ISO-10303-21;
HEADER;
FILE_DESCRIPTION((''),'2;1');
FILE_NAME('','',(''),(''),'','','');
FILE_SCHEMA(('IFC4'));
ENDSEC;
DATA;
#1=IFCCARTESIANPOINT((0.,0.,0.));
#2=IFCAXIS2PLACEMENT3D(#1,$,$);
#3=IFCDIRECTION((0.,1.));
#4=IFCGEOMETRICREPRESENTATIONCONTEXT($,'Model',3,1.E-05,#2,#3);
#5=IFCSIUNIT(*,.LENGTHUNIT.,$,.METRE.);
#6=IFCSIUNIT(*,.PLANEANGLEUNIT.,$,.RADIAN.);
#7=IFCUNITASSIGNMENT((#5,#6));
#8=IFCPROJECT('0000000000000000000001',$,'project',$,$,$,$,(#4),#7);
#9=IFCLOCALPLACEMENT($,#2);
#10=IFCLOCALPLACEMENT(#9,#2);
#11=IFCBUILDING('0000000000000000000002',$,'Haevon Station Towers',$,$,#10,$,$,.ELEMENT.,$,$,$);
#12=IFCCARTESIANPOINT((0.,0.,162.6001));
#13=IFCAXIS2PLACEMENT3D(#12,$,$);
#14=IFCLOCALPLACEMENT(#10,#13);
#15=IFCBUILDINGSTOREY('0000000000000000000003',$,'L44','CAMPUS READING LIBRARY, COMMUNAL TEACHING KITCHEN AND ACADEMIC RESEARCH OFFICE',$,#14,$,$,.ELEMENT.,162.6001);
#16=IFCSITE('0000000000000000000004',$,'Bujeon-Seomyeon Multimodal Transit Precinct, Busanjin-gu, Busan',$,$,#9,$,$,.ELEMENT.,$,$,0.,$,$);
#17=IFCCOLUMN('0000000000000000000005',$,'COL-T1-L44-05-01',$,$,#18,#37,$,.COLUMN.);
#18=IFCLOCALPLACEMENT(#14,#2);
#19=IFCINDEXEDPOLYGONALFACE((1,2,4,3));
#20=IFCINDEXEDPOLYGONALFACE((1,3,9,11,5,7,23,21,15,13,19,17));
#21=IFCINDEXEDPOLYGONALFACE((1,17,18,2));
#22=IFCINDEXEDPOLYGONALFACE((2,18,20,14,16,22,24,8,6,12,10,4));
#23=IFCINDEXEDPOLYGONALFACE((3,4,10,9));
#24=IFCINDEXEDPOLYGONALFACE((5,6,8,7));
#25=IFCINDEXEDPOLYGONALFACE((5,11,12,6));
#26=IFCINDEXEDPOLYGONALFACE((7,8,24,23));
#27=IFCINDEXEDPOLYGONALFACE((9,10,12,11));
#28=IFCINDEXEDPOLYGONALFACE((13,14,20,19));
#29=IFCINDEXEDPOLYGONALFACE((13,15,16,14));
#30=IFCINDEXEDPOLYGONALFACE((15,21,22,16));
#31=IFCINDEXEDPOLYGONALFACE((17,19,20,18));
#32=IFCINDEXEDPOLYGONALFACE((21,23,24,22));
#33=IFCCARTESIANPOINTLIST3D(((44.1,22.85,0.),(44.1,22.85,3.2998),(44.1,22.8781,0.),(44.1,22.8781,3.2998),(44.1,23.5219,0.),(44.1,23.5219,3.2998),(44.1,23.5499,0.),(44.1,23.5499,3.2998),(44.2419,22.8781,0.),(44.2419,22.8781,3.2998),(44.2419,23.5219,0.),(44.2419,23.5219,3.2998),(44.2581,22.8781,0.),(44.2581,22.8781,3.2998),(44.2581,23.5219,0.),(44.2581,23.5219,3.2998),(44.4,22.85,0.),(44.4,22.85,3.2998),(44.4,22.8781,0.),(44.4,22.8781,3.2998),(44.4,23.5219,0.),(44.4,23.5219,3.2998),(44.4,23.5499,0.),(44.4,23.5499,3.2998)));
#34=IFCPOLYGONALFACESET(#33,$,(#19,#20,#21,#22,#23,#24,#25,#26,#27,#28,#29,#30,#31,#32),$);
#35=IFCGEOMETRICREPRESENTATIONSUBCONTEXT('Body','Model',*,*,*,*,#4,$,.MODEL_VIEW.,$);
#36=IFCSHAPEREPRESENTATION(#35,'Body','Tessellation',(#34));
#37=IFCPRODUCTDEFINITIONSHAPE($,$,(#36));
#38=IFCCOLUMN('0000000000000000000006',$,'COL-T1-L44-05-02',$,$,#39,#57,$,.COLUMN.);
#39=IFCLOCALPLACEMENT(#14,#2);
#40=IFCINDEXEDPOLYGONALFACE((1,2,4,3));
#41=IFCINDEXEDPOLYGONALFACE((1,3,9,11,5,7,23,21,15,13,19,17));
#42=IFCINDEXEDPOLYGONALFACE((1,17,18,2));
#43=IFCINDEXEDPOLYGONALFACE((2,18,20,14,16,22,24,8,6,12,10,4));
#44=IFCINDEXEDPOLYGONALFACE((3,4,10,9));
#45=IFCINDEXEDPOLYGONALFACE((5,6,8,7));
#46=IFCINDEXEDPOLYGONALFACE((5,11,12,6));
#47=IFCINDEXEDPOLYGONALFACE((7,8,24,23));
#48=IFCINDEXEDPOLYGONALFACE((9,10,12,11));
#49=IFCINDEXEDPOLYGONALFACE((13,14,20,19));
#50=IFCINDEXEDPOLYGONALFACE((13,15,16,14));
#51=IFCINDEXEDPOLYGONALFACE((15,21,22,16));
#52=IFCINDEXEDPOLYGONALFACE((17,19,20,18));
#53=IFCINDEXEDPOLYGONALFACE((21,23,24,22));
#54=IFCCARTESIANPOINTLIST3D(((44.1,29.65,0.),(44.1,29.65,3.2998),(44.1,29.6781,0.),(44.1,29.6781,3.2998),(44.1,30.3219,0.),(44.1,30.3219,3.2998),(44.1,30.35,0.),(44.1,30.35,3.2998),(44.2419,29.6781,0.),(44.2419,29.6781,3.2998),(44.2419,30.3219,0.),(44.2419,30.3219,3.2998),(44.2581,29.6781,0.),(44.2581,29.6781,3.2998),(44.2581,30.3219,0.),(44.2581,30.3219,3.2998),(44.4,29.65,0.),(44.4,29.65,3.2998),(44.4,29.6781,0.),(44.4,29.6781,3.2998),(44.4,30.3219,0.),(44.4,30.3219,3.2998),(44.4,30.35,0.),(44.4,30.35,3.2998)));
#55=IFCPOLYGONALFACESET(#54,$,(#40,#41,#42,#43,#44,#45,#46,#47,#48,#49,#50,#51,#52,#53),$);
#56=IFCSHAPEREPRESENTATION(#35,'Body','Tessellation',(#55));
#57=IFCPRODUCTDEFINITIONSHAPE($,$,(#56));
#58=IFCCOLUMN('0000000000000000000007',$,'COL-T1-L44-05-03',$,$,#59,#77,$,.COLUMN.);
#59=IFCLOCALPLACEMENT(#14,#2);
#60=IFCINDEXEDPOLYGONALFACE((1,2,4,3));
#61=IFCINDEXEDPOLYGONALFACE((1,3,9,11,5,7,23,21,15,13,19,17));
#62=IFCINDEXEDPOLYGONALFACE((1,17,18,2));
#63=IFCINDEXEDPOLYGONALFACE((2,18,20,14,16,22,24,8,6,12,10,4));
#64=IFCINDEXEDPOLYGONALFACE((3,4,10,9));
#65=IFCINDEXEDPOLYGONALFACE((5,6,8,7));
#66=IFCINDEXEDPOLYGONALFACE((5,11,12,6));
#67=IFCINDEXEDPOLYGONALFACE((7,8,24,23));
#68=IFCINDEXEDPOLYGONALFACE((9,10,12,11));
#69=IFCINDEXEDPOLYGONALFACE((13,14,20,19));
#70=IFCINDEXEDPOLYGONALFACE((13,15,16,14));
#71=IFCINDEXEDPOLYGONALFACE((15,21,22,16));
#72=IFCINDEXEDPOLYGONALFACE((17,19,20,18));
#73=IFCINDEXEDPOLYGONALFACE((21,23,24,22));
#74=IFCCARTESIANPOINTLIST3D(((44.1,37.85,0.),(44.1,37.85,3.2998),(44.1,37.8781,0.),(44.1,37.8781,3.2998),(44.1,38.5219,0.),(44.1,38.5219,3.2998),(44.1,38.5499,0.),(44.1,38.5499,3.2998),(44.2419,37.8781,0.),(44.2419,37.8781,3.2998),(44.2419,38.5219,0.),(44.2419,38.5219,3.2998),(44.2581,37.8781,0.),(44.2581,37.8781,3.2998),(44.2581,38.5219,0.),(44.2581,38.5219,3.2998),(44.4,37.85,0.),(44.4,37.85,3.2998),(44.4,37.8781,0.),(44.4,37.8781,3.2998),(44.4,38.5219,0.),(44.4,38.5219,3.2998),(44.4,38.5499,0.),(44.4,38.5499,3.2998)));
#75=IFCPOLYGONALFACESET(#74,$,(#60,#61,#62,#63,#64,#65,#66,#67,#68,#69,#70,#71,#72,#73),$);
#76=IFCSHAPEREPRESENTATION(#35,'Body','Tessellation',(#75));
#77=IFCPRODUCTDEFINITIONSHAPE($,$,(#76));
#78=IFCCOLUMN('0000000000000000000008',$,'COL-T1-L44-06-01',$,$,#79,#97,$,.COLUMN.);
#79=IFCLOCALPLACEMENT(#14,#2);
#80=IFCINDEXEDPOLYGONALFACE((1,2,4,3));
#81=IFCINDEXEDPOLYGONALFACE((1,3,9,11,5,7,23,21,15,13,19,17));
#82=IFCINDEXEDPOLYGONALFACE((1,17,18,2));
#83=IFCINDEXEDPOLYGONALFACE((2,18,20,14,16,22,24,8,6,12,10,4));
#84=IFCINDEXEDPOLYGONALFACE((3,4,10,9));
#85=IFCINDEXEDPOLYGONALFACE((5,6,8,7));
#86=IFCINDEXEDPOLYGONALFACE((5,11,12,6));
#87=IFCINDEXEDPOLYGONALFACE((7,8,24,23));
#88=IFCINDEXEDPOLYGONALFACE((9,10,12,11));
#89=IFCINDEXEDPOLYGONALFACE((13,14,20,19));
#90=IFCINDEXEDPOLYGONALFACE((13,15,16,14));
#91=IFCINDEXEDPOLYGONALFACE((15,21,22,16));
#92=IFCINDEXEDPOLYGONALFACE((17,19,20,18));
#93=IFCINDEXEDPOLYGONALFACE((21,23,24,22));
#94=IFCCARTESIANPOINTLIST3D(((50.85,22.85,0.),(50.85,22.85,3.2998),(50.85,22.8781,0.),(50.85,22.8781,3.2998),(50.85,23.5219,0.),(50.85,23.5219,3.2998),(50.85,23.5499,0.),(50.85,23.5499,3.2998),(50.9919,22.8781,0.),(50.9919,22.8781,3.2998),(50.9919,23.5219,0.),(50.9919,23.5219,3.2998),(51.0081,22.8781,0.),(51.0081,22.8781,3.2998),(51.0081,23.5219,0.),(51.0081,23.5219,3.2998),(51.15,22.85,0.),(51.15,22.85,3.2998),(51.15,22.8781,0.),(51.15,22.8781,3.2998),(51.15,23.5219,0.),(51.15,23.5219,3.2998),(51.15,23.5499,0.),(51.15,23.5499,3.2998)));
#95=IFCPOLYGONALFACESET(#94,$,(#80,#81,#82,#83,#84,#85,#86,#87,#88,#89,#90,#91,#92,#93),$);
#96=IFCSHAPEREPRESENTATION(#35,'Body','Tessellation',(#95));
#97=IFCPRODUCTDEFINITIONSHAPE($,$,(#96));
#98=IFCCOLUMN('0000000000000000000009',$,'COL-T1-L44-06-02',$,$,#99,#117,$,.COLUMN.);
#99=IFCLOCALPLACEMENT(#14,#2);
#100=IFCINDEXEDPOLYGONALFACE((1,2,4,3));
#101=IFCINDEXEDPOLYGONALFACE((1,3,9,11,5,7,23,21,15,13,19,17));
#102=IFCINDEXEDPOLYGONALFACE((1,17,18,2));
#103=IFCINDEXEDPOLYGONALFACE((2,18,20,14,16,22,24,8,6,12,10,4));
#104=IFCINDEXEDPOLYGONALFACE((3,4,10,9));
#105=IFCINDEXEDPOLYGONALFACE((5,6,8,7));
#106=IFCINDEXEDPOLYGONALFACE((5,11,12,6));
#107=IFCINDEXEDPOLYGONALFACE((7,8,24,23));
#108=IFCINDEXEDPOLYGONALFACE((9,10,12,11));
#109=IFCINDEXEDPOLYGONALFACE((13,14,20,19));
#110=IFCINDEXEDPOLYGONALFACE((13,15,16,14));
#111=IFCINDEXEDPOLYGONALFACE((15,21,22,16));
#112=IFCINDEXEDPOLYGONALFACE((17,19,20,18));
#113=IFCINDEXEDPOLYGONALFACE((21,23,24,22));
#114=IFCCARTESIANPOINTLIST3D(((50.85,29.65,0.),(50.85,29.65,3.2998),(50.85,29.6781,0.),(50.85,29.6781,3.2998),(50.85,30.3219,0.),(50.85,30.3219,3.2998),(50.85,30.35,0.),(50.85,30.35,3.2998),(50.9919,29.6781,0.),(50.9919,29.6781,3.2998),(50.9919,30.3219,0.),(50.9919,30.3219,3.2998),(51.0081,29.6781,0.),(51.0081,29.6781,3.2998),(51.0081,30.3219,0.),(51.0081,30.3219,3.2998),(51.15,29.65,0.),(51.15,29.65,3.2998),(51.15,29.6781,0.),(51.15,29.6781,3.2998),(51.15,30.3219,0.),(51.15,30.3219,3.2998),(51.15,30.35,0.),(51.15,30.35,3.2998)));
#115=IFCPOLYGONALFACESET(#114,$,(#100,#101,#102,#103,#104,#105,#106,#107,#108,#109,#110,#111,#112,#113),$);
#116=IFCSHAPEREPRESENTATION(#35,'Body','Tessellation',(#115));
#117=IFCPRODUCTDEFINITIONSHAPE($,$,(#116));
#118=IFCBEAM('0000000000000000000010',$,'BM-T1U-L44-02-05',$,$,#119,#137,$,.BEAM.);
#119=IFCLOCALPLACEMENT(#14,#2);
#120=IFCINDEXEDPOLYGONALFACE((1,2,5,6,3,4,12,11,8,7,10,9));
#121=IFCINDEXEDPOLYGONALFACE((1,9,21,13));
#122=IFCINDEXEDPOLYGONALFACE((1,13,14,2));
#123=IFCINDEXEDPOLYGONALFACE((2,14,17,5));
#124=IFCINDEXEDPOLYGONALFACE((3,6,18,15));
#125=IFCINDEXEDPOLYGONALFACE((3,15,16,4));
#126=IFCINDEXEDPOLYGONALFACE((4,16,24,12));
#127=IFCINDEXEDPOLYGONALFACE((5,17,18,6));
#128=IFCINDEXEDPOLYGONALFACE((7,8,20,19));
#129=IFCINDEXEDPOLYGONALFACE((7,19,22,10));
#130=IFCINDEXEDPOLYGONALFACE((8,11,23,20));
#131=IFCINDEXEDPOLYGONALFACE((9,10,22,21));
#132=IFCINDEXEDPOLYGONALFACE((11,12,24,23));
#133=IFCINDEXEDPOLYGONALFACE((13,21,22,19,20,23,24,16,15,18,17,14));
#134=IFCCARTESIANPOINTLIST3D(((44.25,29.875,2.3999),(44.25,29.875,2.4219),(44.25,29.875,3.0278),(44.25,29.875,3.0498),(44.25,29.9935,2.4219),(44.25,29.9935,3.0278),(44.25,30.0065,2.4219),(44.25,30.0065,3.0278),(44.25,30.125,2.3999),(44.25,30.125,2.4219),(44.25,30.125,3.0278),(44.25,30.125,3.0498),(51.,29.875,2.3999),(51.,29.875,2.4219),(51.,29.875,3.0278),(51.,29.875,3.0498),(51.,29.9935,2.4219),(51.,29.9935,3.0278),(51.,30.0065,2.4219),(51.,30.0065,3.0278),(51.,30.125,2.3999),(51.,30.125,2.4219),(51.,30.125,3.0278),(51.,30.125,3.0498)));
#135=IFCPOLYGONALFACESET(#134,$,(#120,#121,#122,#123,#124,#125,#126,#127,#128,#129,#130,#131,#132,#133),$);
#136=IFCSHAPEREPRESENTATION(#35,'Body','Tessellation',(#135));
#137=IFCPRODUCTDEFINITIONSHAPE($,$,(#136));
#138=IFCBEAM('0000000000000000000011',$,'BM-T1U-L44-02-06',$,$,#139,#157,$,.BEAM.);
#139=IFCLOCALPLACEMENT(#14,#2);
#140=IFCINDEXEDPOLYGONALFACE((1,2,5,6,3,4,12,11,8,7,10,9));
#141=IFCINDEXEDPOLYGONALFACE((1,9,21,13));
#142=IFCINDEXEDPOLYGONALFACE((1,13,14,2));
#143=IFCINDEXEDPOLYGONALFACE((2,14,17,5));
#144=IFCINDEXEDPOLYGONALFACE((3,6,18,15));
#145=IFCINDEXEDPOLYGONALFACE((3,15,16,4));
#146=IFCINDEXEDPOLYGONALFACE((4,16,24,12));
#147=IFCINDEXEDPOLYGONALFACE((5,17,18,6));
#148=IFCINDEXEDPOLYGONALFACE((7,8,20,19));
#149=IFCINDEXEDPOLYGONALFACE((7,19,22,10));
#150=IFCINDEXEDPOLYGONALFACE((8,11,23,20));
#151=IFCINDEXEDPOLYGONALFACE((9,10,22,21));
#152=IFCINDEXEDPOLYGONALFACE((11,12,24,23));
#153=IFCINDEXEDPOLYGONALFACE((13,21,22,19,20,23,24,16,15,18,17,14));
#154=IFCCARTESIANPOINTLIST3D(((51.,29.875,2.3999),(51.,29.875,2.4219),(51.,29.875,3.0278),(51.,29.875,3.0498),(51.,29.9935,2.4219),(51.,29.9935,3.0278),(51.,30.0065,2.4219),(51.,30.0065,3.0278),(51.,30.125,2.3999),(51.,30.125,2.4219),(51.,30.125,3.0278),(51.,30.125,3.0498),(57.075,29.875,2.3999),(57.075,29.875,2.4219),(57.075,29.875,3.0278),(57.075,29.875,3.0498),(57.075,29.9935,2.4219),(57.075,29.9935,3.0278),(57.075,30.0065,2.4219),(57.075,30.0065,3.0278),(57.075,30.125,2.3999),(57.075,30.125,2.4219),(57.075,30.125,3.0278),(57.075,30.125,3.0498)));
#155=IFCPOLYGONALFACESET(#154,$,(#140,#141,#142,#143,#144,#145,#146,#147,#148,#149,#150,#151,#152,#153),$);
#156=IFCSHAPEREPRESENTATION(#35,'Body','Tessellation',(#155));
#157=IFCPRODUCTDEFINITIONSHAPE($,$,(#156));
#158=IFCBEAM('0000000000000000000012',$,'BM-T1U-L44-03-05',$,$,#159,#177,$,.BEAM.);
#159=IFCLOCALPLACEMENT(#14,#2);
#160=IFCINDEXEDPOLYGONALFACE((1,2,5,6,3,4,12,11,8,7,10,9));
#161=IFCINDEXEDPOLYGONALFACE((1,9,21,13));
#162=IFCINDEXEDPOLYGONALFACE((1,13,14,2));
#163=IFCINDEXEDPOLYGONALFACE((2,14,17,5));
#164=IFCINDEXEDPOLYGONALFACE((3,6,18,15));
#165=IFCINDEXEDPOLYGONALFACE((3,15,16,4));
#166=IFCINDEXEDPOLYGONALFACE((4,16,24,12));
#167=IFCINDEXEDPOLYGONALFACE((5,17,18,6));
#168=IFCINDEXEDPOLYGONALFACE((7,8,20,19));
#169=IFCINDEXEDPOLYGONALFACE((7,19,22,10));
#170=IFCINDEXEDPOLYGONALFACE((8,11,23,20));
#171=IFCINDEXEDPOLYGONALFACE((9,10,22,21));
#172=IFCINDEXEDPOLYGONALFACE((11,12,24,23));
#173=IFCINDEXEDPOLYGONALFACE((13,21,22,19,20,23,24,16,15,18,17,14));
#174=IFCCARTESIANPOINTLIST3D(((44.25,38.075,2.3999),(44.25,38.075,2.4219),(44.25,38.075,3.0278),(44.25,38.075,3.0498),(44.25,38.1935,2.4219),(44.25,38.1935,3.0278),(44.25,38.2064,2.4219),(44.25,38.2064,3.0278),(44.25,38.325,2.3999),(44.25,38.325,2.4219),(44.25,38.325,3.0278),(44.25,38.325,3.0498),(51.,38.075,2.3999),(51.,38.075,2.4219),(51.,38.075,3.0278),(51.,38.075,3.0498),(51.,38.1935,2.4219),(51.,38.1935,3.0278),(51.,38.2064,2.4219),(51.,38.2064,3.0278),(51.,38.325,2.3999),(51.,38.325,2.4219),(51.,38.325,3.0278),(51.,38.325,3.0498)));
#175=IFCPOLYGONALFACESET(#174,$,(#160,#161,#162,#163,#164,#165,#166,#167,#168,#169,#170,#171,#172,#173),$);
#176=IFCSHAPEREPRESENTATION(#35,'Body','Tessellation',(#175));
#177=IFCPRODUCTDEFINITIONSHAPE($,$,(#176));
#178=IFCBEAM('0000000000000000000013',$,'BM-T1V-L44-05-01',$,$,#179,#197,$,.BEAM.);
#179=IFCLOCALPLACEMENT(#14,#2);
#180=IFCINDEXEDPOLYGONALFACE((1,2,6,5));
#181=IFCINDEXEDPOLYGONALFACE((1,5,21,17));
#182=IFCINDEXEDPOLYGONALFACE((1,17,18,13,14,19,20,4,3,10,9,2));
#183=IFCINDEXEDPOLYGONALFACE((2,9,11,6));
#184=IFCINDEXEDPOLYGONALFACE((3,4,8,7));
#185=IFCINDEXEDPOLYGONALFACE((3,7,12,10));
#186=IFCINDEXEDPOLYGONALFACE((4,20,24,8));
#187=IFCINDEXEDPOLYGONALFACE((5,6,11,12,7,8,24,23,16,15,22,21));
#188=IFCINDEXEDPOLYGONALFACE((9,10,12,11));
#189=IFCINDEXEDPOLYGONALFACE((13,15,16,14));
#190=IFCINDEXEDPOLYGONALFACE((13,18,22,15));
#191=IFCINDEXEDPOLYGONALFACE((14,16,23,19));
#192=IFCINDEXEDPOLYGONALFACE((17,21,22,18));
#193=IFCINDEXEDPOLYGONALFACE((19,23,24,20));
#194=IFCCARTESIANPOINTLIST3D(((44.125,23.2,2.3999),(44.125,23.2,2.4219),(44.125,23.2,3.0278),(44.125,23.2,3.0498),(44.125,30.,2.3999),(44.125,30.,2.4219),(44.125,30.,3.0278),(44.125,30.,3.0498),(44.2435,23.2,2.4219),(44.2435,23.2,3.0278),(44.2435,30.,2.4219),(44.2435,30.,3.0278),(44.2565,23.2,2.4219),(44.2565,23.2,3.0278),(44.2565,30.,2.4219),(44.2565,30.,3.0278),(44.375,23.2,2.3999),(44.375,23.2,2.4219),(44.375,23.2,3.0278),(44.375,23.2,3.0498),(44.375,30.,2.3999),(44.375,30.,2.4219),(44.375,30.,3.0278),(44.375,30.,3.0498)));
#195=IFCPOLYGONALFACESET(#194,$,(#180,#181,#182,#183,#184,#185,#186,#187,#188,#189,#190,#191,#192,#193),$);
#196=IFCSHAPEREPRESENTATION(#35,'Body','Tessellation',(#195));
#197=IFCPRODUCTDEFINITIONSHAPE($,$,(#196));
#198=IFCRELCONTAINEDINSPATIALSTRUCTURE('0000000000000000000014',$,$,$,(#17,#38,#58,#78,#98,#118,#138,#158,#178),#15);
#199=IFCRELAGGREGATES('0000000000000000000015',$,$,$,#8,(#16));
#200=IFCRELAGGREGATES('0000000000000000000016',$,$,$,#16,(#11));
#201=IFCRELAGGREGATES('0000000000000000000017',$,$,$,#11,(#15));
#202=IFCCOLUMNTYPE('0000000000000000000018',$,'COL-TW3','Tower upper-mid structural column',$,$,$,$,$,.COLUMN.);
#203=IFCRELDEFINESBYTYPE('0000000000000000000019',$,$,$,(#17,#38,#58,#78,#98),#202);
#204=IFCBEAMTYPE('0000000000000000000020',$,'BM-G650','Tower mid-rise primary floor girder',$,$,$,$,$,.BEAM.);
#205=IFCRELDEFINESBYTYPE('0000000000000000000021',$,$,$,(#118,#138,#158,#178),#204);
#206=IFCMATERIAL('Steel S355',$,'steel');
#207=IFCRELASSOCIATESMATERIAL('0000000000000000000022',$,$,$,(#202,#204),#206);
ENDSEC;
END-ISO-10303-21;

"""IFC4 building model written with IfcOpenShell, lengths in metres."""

from ifc_helpers import new_model, si_unit, direction, frame, origin, origin_2d, place, context, subcontext, project, spatial, i_section, extrude, material, material_profile, profile_set, type_object, element, save


model = new_model("IFC4")

# Units and contexts
model_context = context("Model", 3, precision=1e-05, world=origin(), true_north=direction((0.0, 1.0)))
body_context = subcontext(model_context, "Body", "Model", "MODEL_VIEW")
ifc_project = project(units=[si_unit("LENGTHUNIT", "METRE"), si_unit("PLANEANGLEUNIT", "RADIAN")], contexts=[model_context])

# Site, building, storey
site_placement = place(None, origin())
site = spatial("IfcSite", under=ifc_project, at=site_placement, Name="Bujeon-Seomyeon Multimodal Transit Precinct, Busanjin-gu, Busan", CompositionType="ELEMENT", RefElevation=0.0)
building_placement = place(site_placement, origin())
building = spatial("IfcBuilding", under=site, at=building_placement, Name="Haevon Station Towers", CompositionType="ELEMENT")
storey_placement = place(building_placement, frame((0.0, 0.0, 162.6001)))
storey = spatial("IfcBuildingStorey", under=building, at=storey_placement, Name="L44", Description="CAMPUS READING LIBRARY, COMMUNAL TEACHING KITCHEN AND ACADEMIC RESEARCH OFFICE", CompositionType="ELEMENT", Elevation=162.6001)

# Columns
ifc_material_1 = material(Name="Steel S355", Category="steel")
ifc_material_profile_1 = material_profile(ifc_material_1, i_section(OverallWidth=0.3, OverallDepth=0.7, WebThickness=0.0161, FlangeThickness=0.0281, at=origin_2d()), Name="H-700x300x16x28")
ifc_profile_set_1 = profile_set([ifc_material_profile_1], Name="Steel S355")
column_type = type_object("IfcColumnType", Name="COL-TW3", Description="Tower upper-mid structural column", PredefinedType="COLUMN", material=ifc_profile_set_1)
for number, where, z_axis, x_axis, name in (
    (1, (44.25, 23.2, 0.0), (0.0, 0.0, 1.0), (1.0, 0.0, 0.0), "COL-T1-L44-05-01"),
    (2, (44.25, 30.0, 0.0), (0.0, 0.0, 1.0), (1.0, 0.0, 0.0), "COL-T1-L44-05-02"),
    (3, (44.25, 38.2, 0.0), (0.0, 0.0, 1.0), (1.0, 0.0, 0.0), "COL-T1-L44-05-03"),
    (4, (51.0, 23.2, 0.0), (0.0, 0.0, 1.0), (1.0, 0.0, 0.0), "COL-T1-L44-06-01"),
    (5, (51.0, 30.0, 0.0), (0.0, 0.0, 1.0), (1.0, 0.0, 0.0), "COL-T1-L44-06-02"),
):
    element("IfcColumn", number, at=place(storey_placement, frame(where, z_axis=z_axis, x_axis=x_axis)), inside=storey, type_object=column_type, Name=name, PredefinedType="COLUMN", context=body_context, shape_type="SweptSolid", body=[
        extrude(i_section(OverallWidth=0.3, OverallDepth=0.7, WebThickness=0.0161, FlangeThickness=0.0281, at=origin_2d()), origin(), (0.0, 0.0, 1.0), 3.2998),
    ])

# Beams
ifc_material_profile_2 = material_profile(ifc_material_1, i_section(OverallWidth=0.25, OverallDepth=0.6499, WebThickness=0.0129, FlangeThickness=0.022, at=origin_2d()), Name="H-650x250x13x22")
ifc_profile_set_2 = profile_set([ifc_material_profile_2], Name="Steel S355")
beam_type_1 = type_object("IfcBeamType", Name="BM-G650", Description="Tower mid-rise primary floor girder", PredefinedType="BEAM", material=ifc_profile_set_2)
beam_1_placement = place(storey_placement, frame((44.25, 30.0, 2.7249), z_axis=(1.0, 0.0, 0.0), x_axis=(0.0, 1.0, 0.0)))
element("IfcBeam", 6, at=beam_1_placement, inside=storey, type_object=beam_type_1, Name="BM-T1U-L44-02-05", PredefinedType="BEAM", context=body_context, shape_type="SweptSolid", body=[
    extrude(i_section(OverallWidth=0.25, OverallDepth=0.6499, WebThickness=0.0129, FlangeThickness=0.022, at=origin_2d()), origin(), (0.0, 0.0, 1.0), 6.75),
])
beam_2_placement = place(storey_placement, frame((51.0, 30.0, 2.7249), z_axis=(1.0, 0.0, 0.0), x_axis=(0.0, 1.0, 0.0)))
element("IfcBeam", 7, at=beam_2_placement, inside=storey, type_object=beam_type_1, Name="BM-T1U-L44-02-06", PredefinedType="BEAM", context=body_context, shape_type="SweptSolid", body=[
    extrude(i_section(OverallWidth=0.25, OverallDepth=0.6499, WebThickness=0.0129, FlangeThickness=0.022, at=origin_2d()), origin(), (0.0, 0.0, 1.0), 6.075),
])
beam_3_placement = place(storey_placement, frame((44.25, 38.2, 2.7249), z_axis=(1.0, 0.0, 0.0), x_axis=(0.0, 1.0, 0.0)))
element("IfcBeam", 8, at=beam_3_placement, inside=storey, type_object=beam_type_1, Name="BM-T1U-L44-03-05", PredefinedType="BEAM", context=body_context, shape_type="SweptSolid", body=[
    extrude(i_section(OverallWidth=0.25, OverallDepth=0.6499, WebThickness=0.0129, FlangeThickness=0.022, at=origin_2d()), origin(), (0.0, 0.0, 1.0), 6.75),
])
beam_4_placement = place(storey_placement, frame((44.25, 23.2, 2.7249), z_axis=(0.0, 1.0, 0.0), x_axis=(-1.0, 0.0, 0.0)))
element("IfcBeam", 9, at=beam_4_placement, inside=storey, type_object=beam_type_1, Name="BM-T1V-L44-05-01", PredefinedType="BEAM", context=body_context, shape_type="SweptSolid", body=[
    extrude(i_section(OverallWidth=0.25, OverallDepth=0.6499, WebThickness=0.0129, FlangeThickness=0.022, at=origin_2d()), origin(), (0.0, 0.0, 1.0), 6.8),
])

save(model, "model.ifc")
